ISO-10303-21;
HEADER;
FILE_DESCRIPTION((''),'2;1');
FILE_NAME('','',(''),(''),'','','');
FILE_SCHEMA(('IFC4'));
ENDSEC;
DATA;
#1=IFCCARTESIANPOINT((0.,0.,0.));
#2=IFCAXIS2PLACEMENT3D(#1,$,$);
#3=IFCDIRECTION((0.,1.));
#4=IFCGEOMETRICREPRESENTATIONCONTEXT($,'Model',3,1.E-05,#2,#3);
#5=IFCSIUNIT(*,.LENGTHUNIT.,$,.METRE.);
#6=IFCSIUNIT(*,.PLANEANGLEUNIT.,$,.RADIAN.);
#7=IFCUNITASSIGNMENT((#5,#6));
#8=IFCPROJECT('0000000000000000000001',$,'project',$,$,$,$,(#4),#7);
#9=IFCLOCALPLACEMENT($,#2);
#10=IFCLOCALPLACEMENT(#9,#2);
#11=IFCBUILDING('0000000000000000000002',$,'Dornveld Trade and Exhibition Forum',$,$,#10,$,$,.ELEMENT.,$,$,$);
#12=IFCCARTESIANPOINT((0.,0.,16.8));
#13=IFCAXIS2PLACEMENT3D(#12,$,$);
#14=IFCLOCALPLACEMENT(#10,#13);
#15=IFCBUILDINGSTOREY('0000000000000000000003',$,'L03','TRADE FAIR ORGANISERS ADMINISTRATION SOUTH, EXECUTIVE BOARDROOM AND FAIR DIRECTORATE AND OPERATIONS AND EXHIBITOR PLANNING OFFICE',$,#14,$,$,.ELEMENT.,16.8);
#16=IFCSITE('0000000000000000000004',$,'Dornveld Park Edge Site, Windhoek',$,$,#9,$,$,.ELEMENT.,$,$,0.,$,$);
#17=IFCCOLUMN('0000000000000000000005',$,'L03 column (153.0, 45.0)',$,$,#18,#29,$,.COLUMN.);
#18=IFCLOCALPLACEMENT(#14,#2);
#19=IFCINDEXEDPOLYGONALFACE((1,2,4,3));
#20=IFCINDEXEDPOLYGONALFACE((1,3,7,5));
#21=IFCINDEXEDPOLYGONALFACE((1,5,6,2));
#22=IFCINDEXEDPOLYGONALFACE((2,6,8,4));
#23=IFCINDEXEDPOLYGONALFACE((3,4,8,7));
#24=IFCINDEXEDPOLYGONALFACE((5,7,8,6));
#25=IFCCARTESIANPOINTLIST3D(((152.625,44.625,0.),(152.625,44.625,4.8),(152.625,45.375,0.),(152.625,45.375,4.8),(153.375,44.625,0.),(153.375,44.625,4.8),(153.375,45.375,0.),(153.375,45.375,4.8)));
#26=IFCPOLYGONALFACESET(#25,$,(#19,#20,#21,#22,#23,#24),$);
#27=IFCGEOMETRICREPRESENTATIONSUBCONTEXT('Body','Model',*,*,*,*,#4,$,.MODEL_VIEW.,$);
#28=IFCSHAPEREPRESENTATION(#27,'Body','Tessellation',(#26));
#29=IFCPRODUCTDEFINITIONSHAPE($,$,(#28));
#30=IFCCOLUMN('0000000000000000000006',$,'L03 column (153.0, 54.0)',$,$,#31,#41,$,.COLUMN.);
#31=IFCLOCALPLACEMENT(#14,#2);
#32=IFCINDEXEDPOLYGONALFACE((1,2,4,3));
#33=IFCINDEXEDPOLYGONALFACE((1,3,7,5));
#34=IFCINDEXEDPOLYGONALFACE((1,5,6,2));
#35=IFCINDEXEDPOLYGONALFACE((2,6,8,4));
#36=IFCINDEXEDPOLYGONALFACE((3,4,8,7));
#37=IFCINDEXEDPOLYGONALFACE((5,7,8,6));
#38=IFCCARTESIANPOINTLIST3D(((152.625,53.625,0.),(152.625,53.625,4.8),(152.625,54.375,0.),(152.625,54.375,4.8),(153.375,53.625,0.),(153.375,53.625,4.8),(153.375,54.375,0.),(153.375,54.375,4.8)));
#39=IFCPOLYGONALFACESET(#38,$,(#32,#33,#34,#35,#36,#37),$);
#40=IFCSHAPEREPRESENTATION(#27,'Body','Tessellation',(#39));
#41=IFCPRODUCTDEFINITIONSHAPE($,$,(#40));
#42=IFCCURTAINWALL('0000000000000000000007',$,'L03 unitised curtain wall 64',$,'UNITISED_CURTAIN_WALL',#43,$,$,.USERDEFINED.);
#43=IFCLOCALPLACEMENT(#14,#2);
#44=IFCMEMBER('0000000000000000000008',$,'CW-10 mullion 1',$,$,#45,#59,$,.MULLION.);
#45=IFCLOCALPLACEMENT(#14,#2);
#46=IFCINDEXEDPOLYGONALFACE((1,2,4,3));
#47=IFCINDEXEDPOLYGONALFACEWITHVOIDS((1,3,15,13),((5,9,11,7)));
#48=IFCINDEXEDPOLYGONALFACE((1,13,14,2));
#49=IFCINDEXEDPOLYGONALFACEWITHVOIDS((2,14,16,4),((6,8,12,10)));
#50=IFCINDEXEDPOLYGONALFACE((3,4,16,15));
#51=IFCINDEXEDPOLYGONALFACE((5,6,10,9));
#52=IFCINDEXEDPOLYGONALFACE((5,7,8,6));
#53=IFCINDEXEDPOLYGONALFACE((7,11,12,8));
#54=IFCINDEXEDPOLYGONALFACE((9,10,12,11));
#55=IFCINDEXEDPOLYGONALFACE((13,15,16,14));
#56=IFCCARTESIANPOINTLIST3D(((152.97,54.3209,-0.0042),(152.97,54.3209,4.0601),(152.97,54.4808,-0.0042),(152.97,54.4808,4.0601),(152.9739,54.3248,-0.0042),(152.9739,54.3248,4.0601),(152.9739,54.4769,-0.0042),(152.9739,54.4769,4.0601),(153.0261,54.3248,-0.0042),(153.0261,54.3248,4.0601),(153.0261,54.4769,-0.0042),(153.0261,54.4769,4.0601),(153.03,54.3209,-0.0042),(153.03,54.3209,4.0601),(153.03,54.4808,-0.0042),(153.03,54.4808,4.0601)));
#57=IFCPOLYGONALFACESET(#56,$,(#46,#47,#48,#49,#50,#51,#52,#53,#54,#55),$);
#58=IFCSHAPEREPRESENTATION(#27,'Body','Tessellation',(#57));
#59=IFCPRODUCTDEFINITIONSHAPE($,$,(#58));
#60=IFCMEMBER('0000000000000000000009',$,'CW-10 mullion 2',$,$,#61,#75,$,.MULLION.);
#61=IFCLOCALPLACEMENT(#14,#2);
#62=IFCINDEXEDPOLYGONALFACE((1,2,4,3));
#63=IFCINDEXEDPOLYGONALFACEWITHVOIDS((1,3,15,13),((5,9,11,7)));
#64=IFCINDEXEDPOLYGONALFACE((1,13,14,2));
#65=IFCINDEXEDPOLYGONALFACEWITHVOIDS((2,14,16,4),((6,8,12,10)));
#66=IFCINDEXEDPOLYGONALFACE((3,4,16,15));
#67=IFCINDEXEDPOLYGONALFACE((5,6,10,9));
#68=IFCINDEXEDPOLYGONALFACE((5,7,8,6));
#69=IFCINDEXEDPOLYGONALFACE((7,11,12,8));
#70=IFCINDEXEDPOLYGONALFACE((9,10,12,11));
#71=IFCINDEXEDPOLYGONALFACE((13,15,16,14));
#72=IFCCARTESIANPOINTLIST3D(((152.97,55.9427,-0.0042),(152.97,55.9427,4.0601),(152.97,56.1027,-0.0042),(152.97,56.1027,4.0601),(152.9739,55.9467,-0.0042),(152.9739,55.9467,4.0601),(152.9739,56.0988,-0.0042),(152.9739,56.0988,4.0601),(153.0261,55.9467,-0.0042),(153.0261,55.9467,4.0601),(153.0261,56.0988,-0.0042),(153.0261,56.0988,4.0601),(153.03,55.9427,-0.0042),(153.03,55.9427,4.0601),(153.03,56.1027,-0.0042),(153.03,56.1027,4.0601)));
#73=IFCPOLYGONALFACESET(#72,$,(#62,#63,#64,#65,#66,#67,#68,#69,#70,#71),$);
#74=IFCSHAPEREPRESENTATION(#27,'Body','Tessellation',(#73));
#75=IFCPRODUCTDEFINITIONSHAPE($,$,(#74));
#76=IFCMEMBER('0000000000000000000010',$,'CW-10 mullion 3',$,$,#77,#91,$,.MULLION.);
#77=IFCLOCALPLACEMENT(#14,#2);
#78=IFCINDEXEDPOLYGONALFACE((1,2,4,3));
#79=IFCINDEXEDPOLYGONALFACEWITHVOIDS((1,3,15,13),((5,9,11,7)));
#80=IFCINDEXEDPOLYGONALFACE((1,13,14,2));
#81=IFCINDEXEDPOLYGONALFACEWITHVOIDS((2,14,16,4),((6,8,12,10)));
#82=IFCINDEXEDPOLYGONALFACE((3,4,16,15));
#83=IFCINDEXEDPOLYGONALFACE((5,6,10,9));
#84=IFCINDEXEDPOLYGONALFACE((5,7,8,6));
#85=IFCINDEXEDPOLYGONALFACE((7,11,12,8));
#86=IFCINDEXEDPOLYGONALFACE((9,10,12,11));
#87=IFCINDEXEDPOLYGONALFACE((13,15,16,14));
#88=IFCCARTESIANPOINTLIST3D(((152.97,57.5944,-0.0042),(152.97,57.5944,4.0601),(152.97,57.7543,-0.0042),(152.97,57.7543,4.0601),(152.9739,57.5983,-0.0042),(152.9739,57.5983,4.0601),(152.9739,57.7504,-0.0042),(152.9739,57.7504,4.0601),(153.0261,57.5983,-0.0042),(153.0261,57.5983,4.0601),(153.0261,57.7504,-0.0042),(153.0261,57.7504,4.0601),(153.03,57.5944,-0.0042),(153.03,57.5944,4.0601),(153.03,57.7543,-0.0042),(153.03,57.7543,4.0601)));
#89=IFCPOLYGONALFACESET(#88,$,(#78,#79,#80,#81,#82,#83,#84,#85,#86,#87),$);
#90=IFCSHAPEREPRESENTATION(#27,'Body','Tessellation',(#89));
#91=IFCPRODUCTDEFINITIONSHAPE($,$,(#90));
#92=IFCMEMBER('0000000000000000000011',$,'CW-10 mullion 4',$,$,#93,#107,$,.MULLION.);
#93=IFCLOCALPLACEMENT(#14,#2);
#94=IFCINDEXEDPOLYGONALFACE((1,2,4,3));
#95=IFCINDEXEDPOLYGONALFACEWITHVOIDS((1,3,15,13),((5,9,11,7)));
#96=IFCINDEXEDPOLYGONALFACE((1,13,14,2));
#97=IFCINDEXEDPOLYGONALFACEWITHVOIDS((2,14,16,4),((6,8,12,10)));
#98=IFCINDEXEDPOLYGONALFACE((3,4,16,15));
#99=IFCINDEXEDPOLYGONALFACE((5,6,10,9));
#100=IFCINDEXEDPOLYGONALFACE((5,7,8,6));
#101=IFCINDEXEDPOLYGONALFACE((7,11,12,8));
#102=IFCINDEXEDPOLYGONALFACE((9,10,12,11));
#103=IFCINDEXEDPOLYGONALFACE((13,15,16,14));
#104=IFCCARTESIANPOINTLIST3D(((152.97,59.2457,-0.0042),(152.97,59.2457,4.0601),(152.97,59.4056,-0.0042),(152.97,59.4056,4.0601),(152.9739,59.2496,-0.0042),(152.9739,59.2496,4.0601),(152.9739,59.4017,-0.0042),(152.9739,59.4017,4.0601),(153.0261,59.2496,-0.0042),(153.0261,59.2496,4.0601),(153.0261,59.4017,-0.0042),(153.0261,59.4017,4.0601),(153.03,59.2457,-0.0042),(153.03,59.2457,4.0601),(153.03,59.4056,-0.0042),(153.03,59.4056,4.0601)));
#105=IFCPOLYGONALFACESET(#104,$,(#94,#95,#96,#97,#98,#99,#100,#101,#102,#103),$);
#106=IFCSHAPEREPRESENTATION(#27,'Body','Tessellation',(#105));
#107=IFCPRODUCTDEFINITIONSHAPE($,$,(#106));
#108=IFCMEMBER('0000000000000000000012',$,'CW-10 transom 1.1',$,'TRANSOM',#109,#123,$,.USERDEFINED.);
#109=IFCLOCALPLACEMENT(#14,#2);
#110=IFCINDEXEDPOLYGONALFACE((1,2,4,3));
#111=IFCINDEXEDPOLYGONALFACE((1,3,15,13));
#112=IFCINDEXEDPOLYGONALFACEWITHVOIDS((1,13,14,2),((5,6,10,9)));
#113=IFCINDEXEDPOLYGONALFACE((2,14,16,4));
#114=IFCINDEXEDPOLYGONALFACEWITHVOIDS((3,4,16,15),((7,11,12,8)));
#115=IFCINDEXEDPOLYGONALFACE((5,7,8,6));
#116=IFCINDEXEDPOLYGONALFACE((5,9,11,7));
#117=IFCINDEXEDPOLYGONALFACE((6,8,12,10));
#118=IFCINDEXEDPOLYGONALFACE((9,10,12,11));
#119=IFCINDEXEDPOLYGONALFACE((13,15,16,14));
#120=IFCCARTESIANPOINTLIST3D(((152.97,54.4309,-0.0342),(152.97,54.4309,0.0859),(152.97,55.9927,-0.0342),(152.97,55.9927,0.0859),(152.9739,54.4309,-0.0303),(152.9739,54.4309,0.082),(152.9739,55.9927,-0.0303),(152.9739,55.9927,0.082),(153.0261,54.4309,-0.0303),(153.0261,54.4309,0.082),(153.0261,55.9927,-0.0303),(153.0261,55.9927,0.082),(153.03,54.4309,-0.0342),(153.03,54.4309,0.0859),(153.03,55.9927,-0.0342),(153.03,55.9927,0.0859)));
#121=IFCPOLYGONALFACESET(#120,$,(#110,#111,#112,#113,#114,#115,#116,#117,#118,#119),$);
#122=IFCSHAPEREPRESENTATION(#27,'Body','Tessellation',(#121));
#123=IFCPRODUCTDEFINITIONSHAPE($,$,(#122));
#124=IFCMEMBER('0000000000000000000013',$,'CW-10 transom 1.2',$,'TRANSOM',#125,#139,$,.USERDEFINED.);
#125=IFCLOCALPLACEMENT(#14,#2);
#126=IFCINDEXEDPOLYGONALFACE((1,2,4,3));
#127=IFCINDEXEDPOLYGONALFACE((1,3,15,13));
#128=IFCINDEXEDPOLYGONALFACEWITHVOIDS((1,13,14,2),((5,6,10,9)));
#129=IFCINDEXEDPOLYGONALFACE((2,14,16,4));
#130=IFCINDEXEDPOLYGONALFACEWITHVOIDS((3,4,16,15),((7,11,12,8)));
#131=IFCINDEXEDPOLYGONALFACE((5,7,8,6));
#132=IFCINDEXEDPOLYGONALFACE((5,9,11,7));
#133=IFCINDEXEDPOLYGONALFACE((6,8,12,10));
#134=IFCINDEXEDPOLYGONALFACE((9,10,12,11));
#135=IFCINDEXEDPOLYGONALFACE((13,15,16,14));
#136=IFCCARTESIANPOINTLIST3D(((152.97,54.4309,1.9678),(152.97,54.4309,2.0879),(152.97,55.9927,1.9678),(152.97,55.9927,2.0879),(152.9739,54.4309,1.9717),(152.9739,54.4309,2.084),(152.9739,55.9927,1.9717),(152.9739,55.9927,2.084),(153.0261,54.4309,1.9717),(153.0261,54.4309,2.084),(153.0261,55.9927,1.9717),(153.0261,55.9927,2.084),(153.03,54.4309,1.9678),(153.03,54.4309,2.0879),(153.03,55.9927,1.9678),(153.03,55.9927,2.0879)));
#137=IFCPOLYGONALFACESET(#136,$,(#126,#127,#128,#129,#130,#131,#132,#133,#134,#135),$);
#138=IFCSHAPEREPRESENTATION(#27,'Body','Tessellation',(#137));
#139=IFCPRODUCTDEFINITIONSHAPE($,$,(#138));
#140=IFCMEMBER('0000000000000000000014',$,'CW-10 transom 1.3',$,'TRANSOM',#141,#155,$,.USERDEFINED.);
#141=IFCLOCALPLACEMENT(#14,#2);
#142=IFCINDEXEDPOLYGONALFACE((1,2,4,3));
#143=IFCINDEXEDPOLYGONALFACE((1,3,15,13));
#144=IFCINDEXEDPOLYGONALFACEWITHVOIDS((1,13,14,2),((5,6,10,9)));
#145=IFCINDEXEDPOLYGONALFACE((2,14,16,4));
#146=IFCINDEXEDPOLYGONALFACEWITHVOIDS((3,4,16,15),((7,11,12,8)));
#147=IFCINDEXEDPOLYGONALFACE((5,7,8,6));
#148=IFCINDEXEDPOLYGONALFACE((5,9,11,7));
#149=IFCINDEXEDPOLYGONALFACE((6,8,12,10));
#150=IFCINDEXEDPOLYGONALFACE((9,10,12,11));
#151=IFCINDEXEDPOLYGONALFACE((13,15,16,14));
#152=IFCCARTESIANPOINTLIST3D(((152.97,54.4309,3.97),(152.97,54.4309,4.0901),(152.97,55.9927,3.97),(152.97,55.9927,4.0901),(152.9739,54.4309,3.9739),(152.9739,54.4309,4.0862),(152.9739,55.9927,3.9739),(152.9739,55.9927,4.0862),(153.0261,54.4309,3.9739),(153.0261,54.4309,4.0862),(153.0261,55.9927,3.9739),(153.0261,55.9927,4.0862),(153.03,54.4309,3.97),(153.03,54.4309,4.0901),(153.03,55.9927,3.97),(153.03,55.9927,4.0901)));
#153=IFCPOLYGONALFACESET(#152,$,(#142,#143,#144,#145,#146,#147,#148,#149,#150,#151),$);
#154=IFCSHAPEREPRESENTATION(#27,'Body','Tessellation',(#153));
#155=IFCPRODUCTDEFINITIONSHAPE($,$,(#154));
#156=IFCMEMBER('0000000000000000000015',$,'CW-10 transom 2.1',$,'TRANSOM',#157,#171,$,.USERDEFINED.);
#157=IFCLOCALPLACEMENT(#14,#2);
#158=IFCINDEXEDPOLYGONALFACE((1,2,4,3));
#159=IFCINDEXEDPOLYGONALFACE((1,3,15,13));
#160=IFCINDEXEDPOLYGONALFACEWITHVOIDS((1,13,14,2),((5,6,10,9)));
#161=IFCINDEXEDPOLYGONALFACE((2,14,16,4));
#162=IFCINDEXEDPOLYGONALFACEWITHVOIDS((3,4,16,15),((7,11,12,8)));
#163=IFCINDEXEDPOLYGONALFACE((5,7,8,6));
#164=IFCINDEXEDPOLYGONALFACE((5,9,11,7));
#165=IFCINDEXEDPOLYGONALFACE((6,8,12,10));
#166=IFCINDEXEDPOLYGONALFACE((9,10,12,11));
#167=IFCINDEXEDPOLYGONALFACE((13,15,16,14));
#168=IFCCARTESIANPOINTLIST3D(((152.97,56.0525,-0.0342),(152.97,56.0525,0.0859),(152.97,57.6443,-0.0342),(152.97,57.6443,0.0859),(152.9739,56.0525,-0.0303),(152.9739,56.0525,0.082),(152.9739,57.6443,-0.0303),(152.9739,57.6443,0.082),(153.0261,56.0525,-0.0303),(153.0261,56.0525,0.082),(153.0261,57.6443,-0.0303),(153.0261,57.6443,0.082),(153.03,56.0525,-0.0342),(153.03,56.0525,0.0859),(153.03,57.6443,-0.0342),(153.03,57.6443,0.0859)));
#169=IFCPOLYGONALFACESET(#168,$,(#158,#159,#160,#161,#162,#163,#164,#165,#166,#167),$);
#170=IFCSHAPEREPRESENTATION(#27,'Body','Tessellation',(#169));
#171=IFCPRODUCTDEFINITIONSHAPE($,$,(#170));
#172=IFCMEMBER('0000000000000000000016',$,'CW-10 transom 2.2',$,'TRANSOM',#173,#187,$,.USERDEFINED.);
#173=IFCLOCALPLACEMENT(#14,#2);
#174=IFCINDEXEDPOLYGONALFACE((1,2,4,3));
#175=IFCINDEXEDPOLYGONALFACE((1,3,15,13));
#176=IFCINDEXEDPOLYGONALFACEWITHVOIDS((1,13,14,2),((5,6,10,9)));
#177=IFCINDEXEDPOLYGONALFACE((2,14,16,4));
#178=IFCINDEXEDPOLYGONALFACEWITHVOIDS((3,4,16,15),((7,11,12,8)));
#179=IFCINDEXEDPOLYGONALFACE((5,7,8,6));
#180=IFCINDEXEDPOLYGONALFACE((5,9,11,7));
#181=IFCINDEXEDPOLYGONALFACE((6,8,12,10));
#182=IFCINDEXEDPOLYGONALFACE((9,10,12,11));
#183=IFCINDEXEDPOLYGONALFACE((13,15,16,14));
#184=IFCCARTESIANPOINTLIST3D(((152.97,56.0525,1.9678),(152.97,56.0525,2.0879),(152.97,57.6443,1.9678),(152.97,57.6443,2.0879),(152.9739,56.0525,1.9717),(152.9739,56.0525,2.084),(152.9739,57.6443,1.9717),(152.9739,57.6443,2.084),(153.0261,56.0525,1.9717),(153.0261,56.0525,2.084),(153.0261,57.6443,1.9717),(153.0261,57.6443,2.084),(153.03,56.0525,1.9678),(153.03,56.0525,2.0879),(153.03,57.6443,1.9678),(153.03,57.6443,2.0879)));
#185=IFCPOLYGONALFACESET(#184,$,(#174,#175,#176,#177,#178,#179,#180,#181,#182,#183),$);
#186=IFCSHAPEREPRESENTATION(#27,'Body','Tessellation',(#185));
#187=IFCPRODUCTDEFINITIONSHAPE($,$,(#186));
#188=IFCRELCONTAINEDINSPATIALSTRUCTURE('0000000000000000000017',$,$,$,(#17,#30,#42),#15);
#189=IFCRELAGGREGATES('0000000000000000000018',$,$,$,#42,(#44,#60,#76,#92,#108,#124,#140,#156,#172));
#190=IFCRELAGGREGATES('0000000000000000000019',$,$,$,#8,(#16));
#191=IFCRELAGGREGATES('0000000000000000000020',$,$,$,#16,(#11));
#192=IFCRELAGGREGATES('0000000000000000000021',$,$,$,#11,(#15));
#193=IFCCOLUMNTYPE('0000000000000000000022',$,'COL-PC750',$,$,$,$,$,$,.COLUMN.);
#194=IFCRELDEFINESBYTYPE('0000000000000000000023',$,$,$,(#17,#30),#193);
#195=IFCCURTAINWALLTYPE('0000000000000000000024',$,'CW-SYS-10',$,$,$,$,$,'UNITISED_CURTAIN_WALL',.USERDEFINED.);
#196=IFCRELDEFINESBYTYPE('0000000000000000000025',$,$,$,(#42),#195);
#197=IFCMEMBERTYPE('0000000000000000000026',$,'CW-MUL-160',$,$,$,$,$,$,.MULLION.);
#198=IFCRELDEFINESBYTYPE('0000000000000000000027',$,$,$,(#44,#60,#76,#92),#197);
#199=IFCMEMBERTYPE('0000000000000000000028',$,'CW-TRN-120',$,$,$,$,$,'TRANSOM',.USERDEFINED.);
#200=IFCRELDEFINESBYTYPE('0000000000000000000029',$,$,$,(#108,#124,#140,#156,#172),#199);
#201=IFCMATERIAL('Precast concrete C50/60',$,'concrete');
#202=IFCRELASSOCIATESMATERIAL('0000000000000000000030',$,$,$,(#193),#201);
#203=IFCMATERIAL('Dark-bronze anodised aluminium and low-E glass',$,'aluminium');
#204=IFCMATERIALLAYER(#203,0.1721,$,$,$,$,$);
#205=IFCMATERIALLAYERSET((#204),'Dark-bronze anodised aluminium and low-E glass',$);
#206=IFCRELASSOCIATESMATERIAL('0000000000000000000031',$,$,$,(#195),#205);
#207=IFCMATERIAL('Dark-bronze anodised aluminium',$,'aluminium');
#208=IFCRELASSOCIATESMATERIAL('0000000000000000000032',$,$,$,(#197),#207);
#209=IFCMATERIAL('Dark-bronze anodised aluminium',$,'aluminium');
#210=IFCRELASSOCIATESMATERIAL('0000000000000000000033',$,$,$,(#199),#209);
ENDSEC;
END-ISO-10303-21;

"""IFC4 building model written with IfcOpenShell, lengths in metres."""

from ifc_helpers import new_model, si_unit, direction, frame, origin, origin_2d, place, context, subcontext, project, spatial, rectangle, hollow_rectangle, extrude, material, layer, layer_set, material_profile, profile_set, type_object, element, aggregate, save


model = new_model("IFC4")

# Units and contexts
model_context = context("Model", 3, precision=1e-05, world=origin(), true_north=direction((0.0, 1.0)))
body_context = subcontext(model_context, "Body", "Model", "MODEL_VIEW")
ifc_project = project(units=[si_unit("LENGTHUNIT", "METRE"), si_unit("PLANEANGLEUNIT", "RADIAN")], contexts=[model_context])

# Site, building, storey
site_placement = place(None, origin())
site = spatial("IfcSite", under=ifc_project, at=site_placement, Name="Dornveld Park Edge Site, Windhoek", CompositionType="ELEMENT", RefElevation=0.0)
building_placement = place(site_placement, origin())
building = spatial("IfcBuilding", under=site, at=building_placement, Name="Dornveld Trade and Exhibition Forum", CompositionType="ELEMENT")
storey_placement = place(building_placement, frame((0.0, 0.0, 16.8)))
storey = spatial("IfcBuildingStorey", under=building, at=storey_placement, Name="L03", Description="TRADE FAIR ORGANISERS ADMINISTRATION SOUTH, EXECUTIVE BOARDROOM AND FAIR DIRECTORATE AND OPERATIONS AND EXHIBITOR PLANNING OFFICE", CompositionType="ELEMENT", Elevation=16.8)

# Columns
ifc_material_1 = material(Name="Precast concrete C50/60", Category="concrete")
ifc_material_profile_1 = material_profile(ifc_material_1, rectangle(XDim=0.75, YDim=0.75, at=origin_2d()), Name="PC-COL 750x750")
ifc_profile_set_1 = profile_set([ifc_material_profile_1], Name="Precast concrete C50/60")
column_type = type_object("IfcColumnType", Name="COL-PC750", PredefinedType="COLUMN", material=ifc_profile_set_1)
for number, where, z_axis, x_axis, name in (
    (1, (153.0, 45.0, 0.0), (0.0, 0.0, 1.0), (1.0, 0.0, 0.0), "L03 column (153.0, 45.0)"),
    (2, (153.0, 54.0, 0.0), (0.0, 0.0, 1.0), (1.0, 0.0, 0.0), "L03 column (153.0, 54.0)"),
):
    element("IfcColumn", number, at=place(storey_placement, frame(where, z_axis=z_axis, x_axis=x_axis)), inside=storey, type_object=column_type, Name=name, PredefinedType="COLUMN", context=body_context, shape_type="SweptSolid", body=[
        extrude(rectangle(XDim=0.75, YDim=0.75, at=origin_2d()), origin(), (0.0, 0.0, 1.0), 4.8),
    ])

# Curtain wall, members
ifc_material_2 = material(Name="Dark-bronze anodised aluminium and low-E glass", Category="aluminium")
ifc_layer_1 = layer(ifc_material_2, 0.1721)
ifc_layer_set_1 = layer_set([ifc_layer_1], Name="Dark-bronze anodised aluminium and low-E glass")
curtain_wall_type = type_object("IfcCurtainWallType", Name="CW-SYS-10", ElementType="UNITISED_CURTAIN_WALL", PredefinedType="USERDEFINED", material=ifc_layer_set_1)
curtain_wall_placement = place(storey_placement, origin())
curtain_wall = element("IfcCurtainWall", 3, at=curtain_wall_placement, inside=storey, type_object=curtain_wall_type, Name="L03 unitised curtain wall 64", ObjectType="UNITISED_CURTAIN_WALL", PredefinedType="USERDEFINED")
ifc_material_3 = material(Name="Dark-bronze anodised aluminium", Category="aluminium")
ifc_material_profile_2 = material_profile(ifc_material_3, hollow_rectangle(XDim=0.0601, YDim=0.1599, WallThickness=0.0039, at=origin_2d()), Name="RHS 160x60x4")
ifc_profile_set_2 = profile_set([ifc_material_profile_2], Name="Dark-bronze anodised aluminium")
member_type_1 = type_object("IfcMemberType", Name="CW-MUL-160", PredefinedType="MULLION", material=ifc_profile_set_2)
member_1_placement = place(storey_placement, frame((153.0, 54.4009, -0.0042), z_axis=(0.0, 0.0, 1.0), x_axis=(-1.0, 0.0, 0.0)))
member_1 = element("IfcMember", 4, at=member_1_placement, type_object=member_type_1, Name="CW-10 mullion 1", PredefinedType="MULLION", context=body_context, shape_type="SweptSolid", body=[
    extrude(hollow_rectangle(XDim=0.0601, YDim=0.1599, WallThickness=0.0039, at=origin_2d()), origin(), (0.0, 0.0, 1.0), 4.0642),
])
member_2_placement = place(storey_placement, frame((153.0, 56.0227, -0.0042), z_axis=(0.0, 0.0, 1.0), x_axis=(-1.0, 0.0, 0.0)))
member_2 = element("IfcMember", 5, at=member_2_placement, type_object=member_type_1, Name="CW-10 mullion 2", PredefinedType="MULLION", context=body_context, shape_type="SweptSolid", body=[
    extrude(hollow_rectangle(XDim=0.0601, YDim=0.1599, WallThickness=0.0039, at=origin_2d()), origin(), (0.0, 0.0, 1.0), 4.0642),
])
member_3_placement = place(storey_placement, frame((153.0, 57.6743, -0.0042), z_axis=(0.0, 0.0, 1.0), x_axis=(-1.0, 0.0, 0.0)))
member_3 = element("IfcMember", 6, at=member_3_placement, type_object=member_type_1, Name="CW-10 mullion 3", PredefinedType="MULLION", context=body_context, shape_type="SweptSolid", body=[
    extrude(hollow_rectangle(XDim=0.0601, YDim=0.1599, WallThickness=0.0039, at=origin_2d()), origin(), (0.0, 0.0, 1.0), 4.0642),
])
member_4_placement = place(storey_placement, frame((153.0, 59.3257, -0.0042), z_axis=(0.0, 0.0, 1.0), x_axis=(-1.0, 0.0, 0.0)))
member_4 = element("IfcMember", 7, at=member_4_placement, type_object=member_type_1, Name="CW-10 mullion 4", PredefinedType="MULLION", context=body_context, shape_type="SweptSolid", body=[
    extrude(hollow_rectangle(XDim=0.0601, YDim=0.1599, WallThickness=0.0039, at=origin_2d()), origin(), (0.0, 0.0, 1.0), 4.0642),
])
ifc_material_4 = material(Name="Dark-bronze anodised aluminium", Category="aluminium")
ifc_material_profile_3 = material_profile(ifc_material_4, hollow_rectangle(XDim=0.0601, YDim=0.1201, WallThickness=0.0039, at=origin_2d()), Name="RHS 120x60x4")
ifc_profile_set_3 = profile_set([ifc_material_profile_3], Name="Dark-bronze anodised aluminium")
member_type_2 = type_object("IfcMemberType", Name="CW-TRN-120", ElementType="TRANSOM", PredefinedType="USERDEFINED", material=ifc_profile_set_3)
member_5_placement = place(storey_placement, frame((153.0, 54.4309, 0.0259), z_axis=(0.0, 1.0, 0.0), x_axis=(-1.0, 0.0, 0.0)))
member_5 = element("IfcMember", 8, at=member_5_placement, type_object=member_type_2, Name="CW-10 transom 1.1", ObjectType="TRANSOM", PredefinedType="USERDEFINED", context=body_context, shape_type="SweptSolid", body=[
    extrude(hollow_rectangle(XDim=0.0601, YDim=0.1201, WallThickness=0.0039, at=origin_2d()), origin(), (0.0, 0.0, 1.0), 1.5618),
])
member_6_placement = place(storey_placement, frame((153.0, 54.4309, 2.0278), z_axis=(0.0, 1.0, 0.0), x_axis=(-1.0, 0.0, 0.0)))
member_6 = element("IfcMember", 9, at=member_6_placement, type_object=member_type_2, Name="CW-10 transom 1.2", ObjectType="TRANSOM", PredefinedType="USERDEFINED", context=body_context, shape_type="SweptSolid", body=[
    extrude(hollow_rectangle(XDim=0.0601, YDim=0.1201, WallThickness=0.0039, at=origin_2d()), origin(), (0.0, 0.0, 1.0), 1.5618),
])
member_7_placement = place(storey_placement, frame((153.0, 54.4309, 4.03), z_axis=(0.0, 1.0, 0.0), x_axis=(-1.0, 0.0, 0.0)))
member_7 = element("IfcMember", 10, at=member_7_placement, type_object=member_type_2, Name="CW-10 transom 1.3", ObjectType="TRANSOM", PredefinedType="USERDEFINED", context=body_context, shape_type="SweptSolid", body=[
    extrude(hollow_rectangle(XDim=0.0601, YDim=0.1201, WallThickness=0.0039, at=origin_2d()), origin(), (0.0, 0.0, 1.0), 1.5618),
])
member_8_placement = place(storey_placement, frame((153.0, 56.0525, 0.0259), z_axis=(0.0, 1.0, 0.0), x_axis=(-1.0, 0.0, 0.0)))
member_8 = element("IfcMember", 11, at=member_8_placement, type_object=member_type_2, Name="CW-10 transom 2.1", ObjectType="TRANSOM", PredefinedType="USERDEFINED", context=body_context, shape_type="SweptSolid", body=[
    extrude(hollow_rectangle(XDim=0.0601, YDim=0.1201, WallThickness=0.0039, at=origin_2d()), origin(), (0.0, 0.0, 1.0), 1.5918),
])
member_9_placement = place(storey_placement, frame((153.0, 56.0525, 2.0278), z_axis=(0.0, 1.0, 0.0), x_axis=(-1.0, 0.0, 0.0)))
member_9 = element("IfcMember", 12, at=member_9_placement, type_object=member_type_2, Name="CW-10 transom 2.2", ObjectType="TRANSOM", PredefinedType="USERDEFINED", context=body_context, shape_type="SweptSolid", body=[
    extrude(hollow_rectangle(XDim=0.0601, YDim=0.1201, WallThickness=0.0039, at=origin_2d()), origin(), (0.0, 0.0, 1.0), 1.5918),
])

aggregate(curtain_wall, [member_1, member_2, member_3, member_4, member_5, member_6, member_7, member_8, member_9])

save(model, "model.ifc")
